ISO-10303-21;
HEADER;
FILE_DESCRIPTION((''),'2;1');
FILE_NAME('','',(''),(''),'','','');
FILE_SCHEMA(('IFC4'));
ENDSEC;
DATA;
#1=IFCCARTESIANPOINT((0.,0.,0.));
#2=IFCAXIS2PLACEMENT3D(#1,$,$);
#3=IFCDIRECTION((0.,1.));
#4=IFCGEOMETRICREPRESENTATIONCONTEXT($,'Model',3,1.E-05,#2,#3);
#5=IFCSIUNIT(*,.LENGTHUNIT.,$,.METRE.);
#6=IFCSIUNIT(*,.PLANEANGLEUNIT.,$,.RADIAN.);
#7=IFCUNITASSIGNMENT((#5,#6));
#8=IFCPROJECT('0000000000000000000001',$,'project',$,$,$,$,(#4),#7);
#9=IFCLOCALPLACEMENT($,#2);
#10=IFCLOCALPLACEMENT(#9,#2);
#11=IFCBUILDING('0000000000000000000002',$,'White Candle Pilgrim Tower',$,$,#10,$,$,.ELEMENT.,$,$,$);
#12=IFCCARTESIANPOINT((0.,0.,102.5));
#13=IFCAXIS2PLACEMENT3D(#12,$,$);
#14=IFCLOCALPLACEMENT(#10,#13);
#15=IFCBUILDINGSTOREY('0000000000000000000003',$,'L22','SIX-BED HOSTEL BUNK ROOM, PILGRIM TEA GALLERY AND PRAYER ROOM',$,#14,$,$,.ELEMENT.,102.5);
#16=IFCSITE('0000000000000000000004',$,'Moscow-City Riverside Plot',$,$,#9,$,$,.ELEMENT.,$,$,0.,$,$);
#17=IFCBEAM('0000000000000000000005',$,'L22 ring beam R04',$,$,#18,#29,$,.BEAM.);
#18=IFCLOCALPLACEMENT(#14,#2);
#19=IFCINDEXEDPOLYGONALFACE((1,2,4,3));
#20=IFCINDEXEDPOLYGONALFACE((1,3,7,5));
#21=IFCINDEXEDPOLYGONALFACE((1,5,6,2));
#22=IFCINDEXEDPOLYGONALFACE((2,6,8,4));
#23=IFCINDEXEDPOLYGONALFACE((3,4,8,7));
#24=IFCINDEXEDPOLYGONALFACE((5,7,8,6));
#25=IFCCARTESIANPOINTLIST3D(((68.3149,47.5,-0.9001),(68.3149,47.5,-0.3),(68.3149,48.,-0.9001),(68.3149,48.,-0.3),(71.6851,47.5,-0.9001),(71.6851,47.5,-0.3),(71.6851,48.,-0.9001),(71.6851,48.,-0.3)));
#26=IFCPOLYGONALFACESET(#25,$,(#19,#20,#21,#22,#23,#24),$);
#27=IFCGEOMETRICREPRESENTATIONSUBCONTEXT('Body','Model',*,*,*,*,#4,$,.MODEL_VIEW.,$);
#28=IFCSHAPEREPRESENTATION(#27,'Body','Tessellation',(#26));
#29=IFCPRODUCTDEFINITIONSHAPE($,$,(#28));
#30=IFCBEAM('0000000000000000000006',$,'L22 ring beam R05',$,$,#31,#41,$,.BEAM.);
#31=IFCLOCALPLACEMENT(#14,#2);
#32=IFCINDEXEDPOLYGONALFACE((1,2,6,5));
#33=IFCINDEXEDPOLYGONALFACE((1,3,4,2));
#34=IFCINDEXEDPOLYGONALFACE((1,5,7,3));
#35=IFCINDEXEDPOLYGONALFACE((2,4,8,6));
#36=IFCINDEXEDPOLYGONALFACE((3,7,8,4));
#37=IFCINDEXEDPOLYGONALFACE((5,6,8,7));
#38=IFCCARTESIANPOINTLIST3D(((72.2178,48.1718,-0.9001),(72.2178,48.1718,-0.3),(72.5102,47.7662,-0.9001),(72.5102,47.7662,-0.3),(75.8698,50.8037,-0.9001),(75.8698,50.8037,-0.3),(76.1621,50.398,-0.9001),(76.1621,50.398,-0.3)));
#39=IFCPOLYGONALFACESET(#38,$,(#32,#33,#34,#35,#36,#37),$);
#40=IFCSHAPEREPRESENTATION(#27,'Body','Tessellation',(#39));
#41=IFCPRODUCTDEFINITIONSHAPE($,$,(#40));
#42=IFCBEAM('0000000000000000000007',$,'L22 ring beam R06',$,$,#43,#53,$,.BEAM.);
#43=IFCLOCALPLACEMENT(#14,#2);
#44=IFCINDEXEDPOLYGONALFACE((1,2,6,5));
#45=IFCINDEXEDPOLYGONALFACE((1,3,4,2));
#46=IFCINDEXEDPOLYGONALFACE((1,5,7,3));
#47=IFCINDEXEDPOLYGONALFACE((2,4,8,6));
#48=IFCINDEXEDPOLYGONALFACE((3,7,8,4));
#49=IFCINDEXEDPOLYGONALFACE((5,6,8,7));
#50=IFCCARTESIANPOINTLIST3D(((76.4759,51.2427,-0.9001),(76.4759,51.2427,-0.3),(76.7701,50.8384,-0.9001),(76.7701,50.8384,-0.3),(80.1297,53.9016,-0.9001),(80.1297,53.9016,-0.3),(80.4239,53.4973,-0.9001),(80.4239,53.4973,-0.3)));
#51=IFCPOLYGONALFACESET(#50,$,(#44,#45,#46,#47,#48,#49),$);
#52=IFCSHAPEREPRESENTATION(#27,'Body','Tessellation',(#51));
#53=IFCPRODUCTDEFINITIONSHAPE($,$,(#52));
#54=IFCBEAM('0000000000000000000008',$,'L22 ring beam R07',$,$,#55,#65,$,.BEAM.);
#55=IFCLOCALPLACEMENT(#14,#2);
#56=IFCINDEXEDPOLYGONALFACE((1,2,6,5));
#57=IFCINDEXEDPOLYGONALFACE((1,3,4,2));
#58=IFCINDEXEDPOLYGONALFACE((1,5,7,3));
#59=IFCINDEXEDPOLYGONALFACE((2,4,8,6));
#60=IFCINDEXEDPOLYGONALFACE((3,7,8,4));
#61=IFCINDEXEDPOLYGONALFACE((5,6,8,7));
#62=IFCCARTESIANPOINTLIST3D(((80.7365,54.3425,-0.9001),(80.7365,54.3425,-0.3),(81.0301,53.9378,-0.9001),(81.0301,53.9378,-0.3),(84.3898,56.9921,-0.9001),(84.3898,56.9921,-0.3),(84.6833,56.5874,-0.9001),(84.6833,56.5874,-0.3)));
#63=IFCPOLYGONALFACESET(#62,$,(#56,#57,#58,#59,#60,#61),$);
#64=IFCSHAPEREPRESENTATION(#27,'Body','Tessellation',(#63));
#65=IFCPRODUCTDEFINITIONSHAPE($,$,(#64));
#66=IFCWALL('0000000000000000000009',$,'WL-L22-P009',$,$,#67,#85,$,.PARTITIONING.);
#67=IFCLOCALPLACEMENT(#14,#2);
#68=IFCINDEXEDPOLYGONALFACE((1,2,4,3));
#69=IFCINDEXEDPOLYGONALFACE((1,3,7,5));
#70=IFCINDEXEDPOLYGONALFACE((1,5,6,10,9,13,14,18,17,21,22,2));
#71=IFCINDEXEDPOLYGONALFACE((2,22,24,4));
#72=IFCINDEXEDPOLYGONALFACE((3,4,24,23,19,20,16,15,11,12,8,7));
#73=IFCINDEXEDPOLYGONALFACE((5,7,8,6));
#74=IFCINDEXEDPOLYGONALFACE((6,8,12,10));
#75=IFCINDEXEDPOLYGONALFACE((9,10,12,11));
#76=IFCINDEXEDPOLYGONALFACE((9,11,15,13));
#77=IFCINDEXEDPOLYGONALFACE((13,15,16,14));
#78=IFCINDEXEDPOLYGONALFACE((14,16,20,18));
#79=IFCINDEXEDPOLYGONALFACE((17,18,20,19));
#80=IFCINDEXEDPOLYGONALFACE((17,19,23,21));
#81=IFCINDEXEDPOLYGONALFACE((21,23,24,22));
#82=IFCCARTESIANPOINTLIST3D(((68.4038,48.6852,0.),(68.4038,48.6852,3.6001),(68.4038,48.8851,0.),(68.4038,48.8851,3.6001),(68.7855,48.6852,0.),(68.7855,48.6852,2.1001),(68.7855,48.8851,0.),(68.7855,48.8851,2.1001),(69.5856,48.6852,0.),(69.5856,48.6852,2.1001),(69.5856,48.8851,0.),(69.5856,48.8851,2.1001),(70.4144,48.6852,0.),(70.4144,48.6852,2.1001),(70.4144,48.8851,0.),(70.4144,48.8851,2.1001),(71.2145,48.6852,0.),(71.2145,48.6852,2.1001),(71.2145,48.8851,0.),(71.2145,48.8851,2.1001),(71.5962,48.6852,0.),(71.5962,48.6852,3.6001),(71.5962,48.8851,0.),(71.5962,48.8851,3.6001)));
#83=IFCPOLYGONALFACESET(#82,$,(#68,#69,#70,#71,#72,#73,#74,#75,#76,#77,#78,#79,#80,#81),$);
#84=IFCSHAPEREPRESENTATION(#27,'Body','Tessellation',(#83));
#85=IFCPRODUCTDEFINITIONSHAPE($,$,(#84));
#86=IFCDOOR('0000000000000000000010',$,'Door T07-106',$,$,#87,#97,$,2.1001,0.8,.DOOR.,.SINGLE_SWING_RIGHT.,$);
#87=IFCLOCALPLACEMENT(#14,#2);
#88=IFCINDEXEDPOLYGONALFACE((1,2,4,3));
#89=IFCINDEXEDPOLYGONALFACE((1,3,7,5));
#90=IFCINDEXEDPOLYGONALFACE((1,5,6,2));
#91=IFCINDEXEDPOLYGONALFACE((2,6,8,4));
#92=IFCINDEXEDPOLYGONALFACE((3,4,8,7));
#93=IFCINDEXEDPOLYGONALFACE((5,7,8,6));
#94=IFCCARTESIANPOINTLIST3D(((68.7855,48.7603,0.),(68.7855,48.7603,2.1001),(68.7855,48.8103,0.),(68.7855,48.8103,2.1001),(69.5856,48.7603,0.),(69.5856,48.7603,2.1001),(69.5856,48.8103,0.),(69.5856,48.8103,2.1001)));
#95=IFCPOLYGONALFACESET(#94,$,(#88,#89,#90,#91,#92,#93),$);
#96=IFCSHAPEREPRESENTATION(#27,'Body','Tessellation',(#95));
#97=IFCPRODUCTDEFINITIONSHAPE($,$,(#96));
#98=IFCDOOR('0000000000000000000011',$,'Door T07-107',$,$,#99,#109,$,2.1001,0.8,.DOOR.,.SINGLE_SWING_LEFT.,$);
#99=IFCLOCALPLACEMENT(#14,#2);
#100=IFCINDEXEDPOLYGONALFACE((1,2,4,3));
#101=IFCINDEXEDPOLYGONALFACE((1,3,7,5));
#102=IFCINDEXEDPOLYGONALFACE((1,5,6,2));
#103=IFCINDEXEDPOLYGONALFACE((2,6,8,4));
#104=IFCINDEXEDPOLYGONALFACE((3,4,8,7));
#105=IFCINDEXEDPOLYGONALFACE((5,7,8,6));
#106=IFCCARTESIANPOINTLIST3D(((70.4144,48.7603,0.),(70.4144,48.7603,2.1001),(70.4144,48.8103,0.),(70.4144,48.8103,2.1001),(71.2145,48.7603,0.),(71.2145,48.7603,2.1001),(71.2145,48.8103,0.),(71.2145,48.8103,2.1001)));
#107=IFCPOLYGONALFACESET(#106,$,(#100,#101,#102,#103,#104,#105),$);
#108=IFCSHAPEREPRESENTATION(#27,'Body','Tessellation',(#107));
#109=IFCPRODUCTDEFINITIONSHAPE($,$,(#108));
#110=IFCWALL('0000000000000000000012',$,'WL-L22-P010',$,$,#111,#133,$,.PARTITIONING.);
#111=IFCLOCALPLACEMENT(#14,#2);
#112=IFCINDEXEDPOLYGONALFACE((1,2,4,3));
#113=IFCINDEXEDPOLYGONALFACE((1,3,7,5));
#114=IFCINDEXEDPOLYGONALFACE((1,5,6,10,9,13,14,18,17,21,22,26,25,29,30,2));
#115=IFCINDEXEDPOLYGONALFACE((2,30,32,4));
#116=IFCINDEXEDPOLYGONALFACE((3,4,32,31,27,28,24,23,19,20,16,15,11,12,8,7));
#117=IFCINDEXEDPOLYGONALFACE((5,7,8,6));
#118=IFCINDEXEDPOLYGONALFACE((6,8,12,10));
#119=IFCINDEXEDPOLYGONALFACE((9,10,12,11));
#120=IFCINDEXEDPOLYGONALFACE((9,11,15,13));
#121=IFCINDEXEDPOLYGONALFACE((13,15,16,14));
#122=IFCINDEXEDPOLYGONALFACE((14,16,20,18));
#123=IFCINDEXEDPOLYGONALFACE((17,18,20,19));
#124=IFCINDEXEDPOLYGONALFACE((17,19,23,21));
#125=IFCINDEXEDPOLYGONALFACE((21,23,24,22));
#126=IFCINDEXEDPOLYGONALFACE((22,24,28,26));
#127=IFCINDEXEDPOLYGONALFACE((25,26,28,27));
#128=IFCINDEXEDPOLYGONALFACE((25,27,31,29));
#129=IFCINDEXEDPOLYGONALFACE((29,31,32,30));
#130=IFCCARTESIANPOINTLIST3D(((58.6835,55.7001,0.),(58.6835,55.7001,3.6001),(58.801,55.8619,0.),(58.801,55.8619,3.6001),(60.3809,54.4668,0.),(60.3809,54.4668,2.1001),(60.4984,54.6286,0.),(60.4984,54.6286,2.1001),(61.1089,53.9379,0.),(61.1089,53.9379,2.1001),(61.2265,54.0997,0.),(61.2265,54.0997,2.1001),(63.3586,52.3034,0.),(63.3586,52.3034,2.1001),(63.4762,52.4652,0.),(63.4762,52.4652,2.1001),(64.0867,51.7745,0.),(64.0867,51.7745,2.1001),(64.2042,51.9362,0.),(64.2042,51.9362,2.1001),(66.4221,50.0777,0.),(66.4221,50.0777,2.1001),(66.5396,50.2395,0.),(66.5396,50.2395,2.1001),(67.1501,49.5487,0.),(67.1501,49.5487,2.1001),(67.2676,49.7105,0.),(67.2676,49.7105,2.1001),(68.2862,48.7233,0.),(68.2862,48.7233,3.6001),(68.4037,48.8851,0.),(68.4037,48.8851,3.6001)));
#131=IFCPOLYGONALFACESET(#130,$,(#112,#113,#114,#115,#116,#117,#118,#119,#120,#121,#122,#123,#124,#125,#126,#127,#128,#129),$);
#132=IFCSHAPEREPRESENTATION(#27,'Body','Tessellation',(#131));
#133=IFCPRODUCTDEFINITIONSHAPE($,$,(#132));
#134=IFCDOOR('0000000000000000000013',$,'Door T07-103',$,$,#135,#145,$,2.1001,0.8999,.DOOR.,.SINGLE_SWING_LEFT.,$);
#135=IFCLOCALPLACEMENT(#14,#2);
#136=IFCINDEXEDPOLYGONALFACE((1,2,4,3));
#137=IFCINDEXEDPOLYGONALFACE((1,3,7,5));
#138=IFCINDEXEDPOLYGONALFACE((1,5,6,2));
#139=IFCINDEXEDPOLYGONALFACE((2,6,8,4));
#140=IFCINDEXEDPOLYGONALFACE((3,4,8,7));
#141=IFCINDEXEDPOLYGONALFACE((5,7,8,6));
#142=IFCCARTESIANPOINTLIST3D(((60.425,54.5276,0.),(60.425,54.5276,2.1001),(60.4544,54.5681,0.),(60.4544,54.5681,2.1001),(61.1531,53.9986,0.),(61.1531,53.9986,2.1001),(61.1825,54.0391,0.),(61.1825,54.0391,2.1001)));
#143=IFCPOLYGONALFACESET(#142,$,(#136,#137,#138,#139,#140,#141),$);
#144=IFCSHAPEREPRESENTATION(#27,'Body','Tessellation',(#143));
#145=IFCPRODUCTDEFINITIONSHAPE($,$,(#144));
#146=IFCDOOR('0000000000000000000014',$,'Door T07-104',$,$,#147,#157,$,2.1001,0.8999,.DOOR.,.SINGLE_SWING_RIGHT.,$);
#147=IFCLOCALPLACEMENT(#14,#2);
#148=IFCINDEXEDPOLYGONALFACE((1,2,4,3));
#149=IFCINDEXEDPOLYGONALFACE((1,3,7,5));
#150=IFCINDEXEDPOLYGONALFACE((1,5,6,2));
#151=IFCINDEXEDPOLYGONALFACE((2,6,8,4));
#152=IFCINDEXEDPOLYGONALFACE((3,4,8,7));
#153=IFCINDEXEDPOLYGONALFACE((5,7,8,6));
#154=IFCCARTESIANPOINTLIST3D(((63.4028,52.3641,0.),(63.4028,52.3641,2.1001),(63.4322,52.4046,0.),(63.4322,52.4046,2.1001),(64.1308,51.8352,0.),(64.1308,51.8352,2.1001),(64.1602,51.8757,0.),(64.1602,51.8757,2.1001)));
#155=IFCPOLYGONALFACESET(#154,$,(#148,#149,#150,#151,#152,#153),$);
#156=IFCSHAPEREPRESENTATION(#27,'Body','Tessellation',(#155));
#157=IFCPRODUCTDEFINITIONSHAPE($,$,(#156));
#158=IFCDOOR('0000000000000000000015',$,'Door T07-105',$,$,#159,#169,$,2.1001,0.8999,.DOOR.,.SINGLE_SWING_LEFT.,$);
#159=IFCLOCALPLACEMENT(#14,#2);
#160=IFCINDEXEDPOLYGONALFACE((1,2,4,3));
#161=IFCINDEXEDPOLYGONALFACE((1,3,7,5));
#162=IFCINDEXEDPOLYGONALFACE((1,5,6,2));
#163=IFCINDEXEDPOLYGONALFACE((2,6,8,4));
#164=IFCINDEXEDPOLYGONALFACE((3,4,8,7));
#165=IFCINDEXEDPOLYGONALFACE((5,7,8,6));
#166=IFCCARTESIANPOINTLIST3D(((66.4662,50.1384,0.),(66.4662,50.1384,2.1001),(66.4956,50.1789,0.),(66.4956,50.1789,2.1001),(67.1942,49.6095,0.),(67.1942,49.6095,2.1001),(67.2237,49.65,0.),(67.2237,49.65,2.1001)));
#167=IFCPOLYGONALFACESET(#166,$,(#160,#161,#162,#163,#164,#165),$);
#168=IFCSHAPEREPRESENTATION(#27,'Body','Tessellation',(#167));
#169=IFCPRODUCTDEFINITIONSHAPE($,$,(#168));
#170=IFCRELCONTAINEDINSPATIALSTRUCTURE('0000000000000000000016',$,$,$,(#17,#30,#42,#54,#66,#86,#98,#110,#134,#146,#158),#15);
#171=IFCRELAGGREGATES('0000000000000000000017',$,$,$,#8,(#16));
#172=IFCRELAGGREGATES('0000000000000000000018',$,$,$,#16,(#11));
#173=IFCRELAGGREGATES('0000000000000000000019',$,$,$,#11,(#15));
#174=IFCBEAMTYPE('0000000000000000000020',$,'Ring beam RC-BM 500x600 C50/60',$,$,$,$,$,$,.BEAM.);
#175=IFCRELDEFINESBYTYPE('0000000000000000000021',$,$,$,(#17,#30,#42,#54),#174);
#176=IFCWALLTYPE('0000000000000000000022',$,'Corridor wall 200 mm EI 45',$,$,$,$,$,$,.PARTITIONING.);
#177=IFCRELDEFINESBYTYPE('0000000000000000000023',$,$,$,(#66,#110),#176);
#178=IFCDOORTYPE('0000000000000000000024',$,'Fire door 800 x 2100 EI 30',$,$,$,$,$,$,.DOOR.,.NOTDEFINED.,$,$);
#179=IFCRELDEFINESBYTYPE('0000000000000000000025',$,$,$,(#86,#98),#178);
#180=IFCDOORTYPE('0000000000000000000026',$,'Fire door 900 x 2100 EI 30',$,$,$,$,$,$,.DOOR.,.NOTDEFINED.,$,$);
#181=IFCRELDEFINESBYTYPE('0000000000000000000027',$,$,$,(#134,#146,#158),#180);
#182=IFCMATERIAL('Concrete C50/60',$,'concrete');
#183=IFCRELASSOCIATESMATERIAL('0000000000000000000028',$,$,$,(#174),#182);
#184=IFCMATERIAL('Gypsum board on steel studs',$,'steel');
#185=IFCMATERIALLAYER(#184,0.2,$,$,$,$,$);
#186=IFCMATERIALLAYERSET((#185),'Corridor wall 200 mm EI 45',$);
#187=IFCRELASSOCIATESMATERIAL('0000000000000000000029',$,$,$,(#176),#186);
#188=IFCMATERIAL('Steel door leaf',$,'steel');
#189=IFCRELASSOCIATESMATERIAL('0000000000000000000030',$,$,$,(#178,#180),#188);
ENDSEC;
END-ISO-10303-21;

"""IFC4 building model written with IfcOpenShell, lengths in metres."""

from ifc_helpers import new_model, si_unit, direction, frame, frame_2d, origin, origin_2d, place, context, subcontext, project, spatial, rectangle, extrude, material, layer, layer_set, material_profile, profile_set, type_object, element, fill, save


model = new_model("IFC4")

# Units and contexts
model_context = context("Model", 3, precision=1e-05, world=origin(), true_north=direction((0.0, 1.0)))
body_context = subcontext(model_context, "Body", "Model", "MODEL_VIEW")
ifc_project = project(units=[si_unit("LENGTHUNIT", "METRE"), si_unit("PLANEANGLEUNIT", "RADIAN")], contexts=[model_context])

# Site, building, storey
site_placement = place(None, origin())
site = spatial("IfcSite", under=ifc_project, at=site_placement, Name="Moscow-City Riverside Plot", CompositionType="ELEMENT", RefElevation=0.0)
building_placement = place(site_placement, origin())
building = spatial("IfcBuilding", under=site, at=building_placement, Name="White Candle Pilgrim Tower", CompositionType="ELEMENT")
storey_placement = place(building_placement, frame((0.0, 0.0, 102.5)))
storey = spatial("IfcBuildingStorey", under=building, at=storey_placement, Name="L22", Description="SIX-BED HOSTEL BUNK ROOM, PILGRIM TEA GALLERY AND PRAYER ROOM", CompositionType="ELEMENT", Elevation=102.5)

# Beams
ifc_material_1 = material(Name="Concrete C50/60", Category="concrete")
ifc_material_profile_1 = material_profile(ifc_material_1, rectangle(XDim=0.5, YDim=0.6001, at=origin_2d()), Name="RC-BM 500x600")
ifc_profile_set_1 = profile_set([ifc_material_profile_1], Name="Concrete C50/60")
beam_type = type_object("IfcBeamType", Name="Ring beam RC-BM 500x600 C50/60", PredefinedType="BEAM", material=ifc_profile_set_1)
beam_1_placement = place(storey_placement, frame((68.3149, 47.75, -0.6001), z_axis=(1.0, 0.0, 0.0), x_axis=(0.0, 1.0, 0.0)))
element("IfcBeam", 1, at=beam_1_placement, inside=storey, type_object=beam_type, Name="L22 ring beam R04", PredefinedType="BEAM", context=body_context, shape_type="SweptSolid", body=[
    extrude(rectangle(XDim=0.5, YDim=0.6001, at=origin_2d()), origin(), (0.0, 0.0, 1.0), 3.3701),
])
beam_2_placement = place(storey_placement, frame((72.364, 47.969, -0.6001), z_axis=(0.811271, 0.58467, 0.0), x_axis=(-0.58467, 0.811271, 0.0)))
element("IfcBeam", 2, at=beam_2_placement, inside=storey, type_object=beam_type, Name="L22 ring beam R05", PredefinedType="BEAM", context=body_context, shape_type="SweptSolid", body=[
    extrude(rectangle(XDim=0.5, YDim=0.6001, at=origin_2d()), origin(), (0.0, 0.0, 1.0), 4.5015),
])
beam_3_placement = place(storey_placement, frame((76.623, 51.0405, -0.6001), z_axis=(0.808566, 0.588406, 0.0), x_axis=(-0.588406, 0.808566, 0.0)))
element("IfcBeam", 3, at=beam_3_placement, inside=storey, type_object=beam_type, Name="L22 ring beam R06", PredefinedType="BEAM", context=body_context, shape_type="SweptSolid", body=[
    extrude(rectangle(XDim=0.5, YDim=0.6001, at=origin_2d()), origin(), (0.0, 0.0, 1.0), 4.5188),
])
beam_4_placement = place(storey_placement, frame((80.8833, 54.1401, -0.6001), z_axis=(0.809505, 0.587113, 0.0), x_axis=(-0.587113, 0.809505, 0.0)))
element("IfcBeam", 4, at=beam_4_placement, inside=storey, type_object=beam_type, Name="L22 ring beam R07", PredefinedType="BEAM", context=body_context, shape_type="SweptSolid", body=[
    extrude(rectangle(XDim=0.5, YDim=0.6001, at=origin_2d()), origin(), (0.0, 0.0, 1.0), 4.5129),
])

# Walls, openings, doors
ifc_material_2 = material(Name="Gypsum board on steel studs", Category="steel")
ifc_layer_1 = layer(ifc_material_2, 0.2)
ifc_layer_set_1 = layer_set([ifc_layer_1], Name="Corridor wall 200 mm EI 45")
wall_type_1 = type_object("IfcWallType", Name="Corridor wall 200 mm EI 45", PredefinedType="PARTITIONING", material=ifc_layer_set_1)
wall_1_placement = place(storey_placement, frame((71.5962, 48.7852, 0.0), z_axis=(0.0, 0.0, 1.0), x_axis=(-1.0, 0.0, 0.0)))
wall_1 = element("IfcWall", 5, at=wall_1_placement, inside=storey, type_object=wall_type_1, Name="WL-L22-P009", PredefinedType="PARTITIONING", context=body_context, shape_type="SweptSolid", body=[
    extrude(rectangle(XDim=3.1924, YDim=0.2, at=frame_2d((1.5962, 0.0))), origin(), (0.0, 0.0, 1.0), 3.6001),
])
opening_1_placement = place(wall_1_placement, frame((2.0107, 0.0, 0.0)))
opening_1 = element("IfcOpeningElement", 6, at=opening_1_placement, cuts=wall_1, PredefinedType="OPENING", context=body_context, shape_type="SweptSolid", body=[
    extrude(rectangle(XDim=0.8, YDim=2.1001, at=frame_2d((0.3999, 1.05))), frame((0.0, 0.1099, 0.0), z_axis=(0.0, -1.0, 0.0), x_axis=(1.0, 0.0, 0.0)), (0.0, 0.0, 1.0), 0.22),
])
opening_2_placement = place(wall_1_placement, frame((0.3818, 0.0, 0.0)))
opening_2 = element("IfcOpeningElement", 7, at=opening_2_placement, cuts=wall_1, PredefinedType="OPENING", context=body_context, shape_type="SweptSolid", body=[
    extrude(rectangle(XDim=0.8, YDim=2.1001, at=frame_2d((0.3999, 1.05))), frame((0.0, 0.1099, 0.0), z_axis=(0.0, -1.0, 0.0), x_axis=(1.0, 0.0, 0.0)), (0.0, 0.0, 1.0), 0.22),
])
ifc_material_3 = material(Name="Steel door leaf", Category="steel")
door_type_1 = type_object("IfcDoorType", Name="Fire door 800 x 2100 EI 30", OperationType="NOTDEFINED", PredefinedType="DOOR", material=ifc_material_3)
door_1_placement = place(opening_1_placement, origin())
door_1 = element("IfcDoor", 8, at=door_1_placement, inside=storey, type_object=door_type_1, Name="Door T07-106", OperationType="SINGLE_SWING_RIGHT", OverallHeight=2.1001, OverallWidth=0.8, PredefinedType="DOOR", context=body_context, shape_type="SweptSolid", body=[
    extrude(rectangle(XDim=0.8, YDim=2.1001, at=frame_2d((0.3999, 1.05))), frame((0.0, 0.0249, 0.0), z_axis=(0.0, -1.0, 0.0), x_axis=(1.0, 0.0, 0.0)), (0.0, 0.0, 1.0), 0.05),
])
fill(opening_1, door_1)
door_2_placement = place(opening_2_placement, origin())
door_2 = element("IfcDoor", 9, at=door_2_placement, inside=storey, type_object=door_type_1, Name="Door T07-107", OperationType="SINGLE_SWING_LEFT", OverallHeight=2.1001, OverallWidth=0.8, PredefinedType="DOOR", context=body_context, shape_type="SweptSolid", body=[
    extrude(rectangle(XDim=0.8, YDim=2.1001, at=frame_2d((0.3999, 1.05))), frame((0.0, 0.0249, 0.0), z_axis=(0.0, -1.0, 0.0), x_axis=(1.0, 0.0, 0.0)), (0.0, 0.0, 1.0), 0.05),
])
fill(opening_2, door_2)
wall_2_placement = place(storey_placement, frame((68.345, 48.8042, 0.0), z_axis=(0.0, 0.0, 1.0), x_axis=(-0.809018, 0.587784, 0.0)))
wall_2 = element("IfcWall", 10, at=wall_2_placement, inside=storey, type_object=wall_type_1, Name="WL-L22-P010", PredefinedType="PARTITIONING", context=body_context, shape_type="SweptSolid", body=[
    extrude(rectangle(XDim=11.8696, YDim=0.2, at=frame_2d((5.9348, 0.0))), origin(), (0.0, 0.0, 1.0), 3.6001),
])
opening_3_placement = place(wall_2_placement, frame((8.8716, 0.0, 0.0)))
opening_3 = element("IfcOpeningElement", 11, at=opening_3_placement, cuts=wall_2, PredefinedType="OPENING", context=body_context, shape_type="SweptSolid", body=[
    extrude(rectangle(XDim=0.8999, YDim=2.1001, at=frame_2d((0.45, 1.05))), frame((0.0, 0.1099, 0.0), z_axis=(0.0, -1.0, 0.0), x_axis=(1.0, 0.0, 0.0)), (0.0, 0.0, 1.0), 0.22),
])
opening_4_placement = place(wall_2_placement, frame((5.1909, 0.0, 0.0)))
opening_4 = element("IfcOpeningElement", 12, at=opening_4_placement, cuts=wall_2, PredefinedType="OPENING", context=body_context, shape_type="SweptSolid", body=[
    extrude(rectangle(XDim=0.8999, YDim=2.1001, at=frame_2d((0.45, 1.05))), frame((0.0, 0.1099, 0.0), z_axis=(0.0, -1.0, 0.0), x_axis=(1.0, 0.0, 0.0)), (0.0, 0.0, 1.0), 0.22),
])
opening_5_placement = place(wall_2_placement, frame((1.4043, 0.0, 0.0)))
opening_5 = element("IfcOpeningElement", 13, at=opening_5_placement, cuts=wall_2, PredefinedType="OPENING", context=body_context, shape_type="SweptSolid", body=[
    extrude(rectangle(XDim=0.8999, YDim=2.1001, at=frame_2d((0.45, 1.05))), frame((0.0, 0.1099, 0.0), z_axis=(0.0, -1.0, 0.0), x_axis=(1.0, 0.0, 0.0)), (0.0, 0.0, 1.0), 0.22),
])
door_type_2 = type_object("IfcDoorType", Name="Fire door 900 x 2100 EI 30", OperationType="NOTDEFINED", PredefinedType="DOOR", material=ifc_material_3)
door_3_placement = place(opening_3_placement, origin())
door_3 = element("IfcDoor", 14, at=door_3_placement, inside=storey, type_object=door_type_2, Name="Door T07-103", OperationType="SINGLE_SWING_LEFT", OverallHeight=2.1001, OverallWidth=0.8999, PredefinedType="DOOR", context=body_context, shape_type="SweptSolid", body=[
    extrude(rectangle(XDim=0.8999, YDim=2.1001, at=frame_2d((0.45, 1.05))), frame((0.0, 0.0249, 0.0), z_axis=(0.0, -1.0, 0.0), x_axis=(1.0, 0.0, 0.0)), (0.0, 0.0, 1.0), 0.05),
])
fill(opening_3, door_3)
door_4_placement = place(opening_4_placement, origin())
door_4 = element("IfcDoor", 15, at=door_4_placement, inside=storey, type_object=door_type_2, Name="Door T07-104", OperationType="SINGLE_SWING_RIGHT", OverallHeight=2.1001, OverallWidth=0.8999, PredefinedType="DOOR", context=body_context, shape_type="SweptSolid", body=[
    extrude(rectangle(XDim=0.8999, YDim=2.1001, at=frame_2d((0.45, 1.05))), frame((0.0, 0.0249, 0.0), z_axis=(0.0, -1.0, 0.0), x_axis=(1.0, 0.0, 0.0)), (0.0, 0.0, 1.0), 0.05),
])
fill(opening_4, door_4)
door_5_placement = place(opening_5_placement, origin())
door_5 = element("IfcDoor", 16, at=door_5_placement, inside=storey, type_object=door_type_2, Name="Door T07-105", OperationType="SINGLE_SWING_LEFT", OverallHeight=2.1001, OverallWidth=0.8999, PredefinedType="DOOR", context=body_context, shape_type="SweptSolid", body=[
    extrude(rectangle(XDim=0.8999, YDim=2.1001, at=frame_2d((0.45, 1.05))), frame((0.0, 0.0249, 0.0), z_axis=(0.0, -1.0, 0.0), x_axis=(1.0, 0.0, 0.0)), (0.0, 0.0, 1.0), 0.05),
])
fill(opening_5, door_5)

save(model, "model.ifc")
